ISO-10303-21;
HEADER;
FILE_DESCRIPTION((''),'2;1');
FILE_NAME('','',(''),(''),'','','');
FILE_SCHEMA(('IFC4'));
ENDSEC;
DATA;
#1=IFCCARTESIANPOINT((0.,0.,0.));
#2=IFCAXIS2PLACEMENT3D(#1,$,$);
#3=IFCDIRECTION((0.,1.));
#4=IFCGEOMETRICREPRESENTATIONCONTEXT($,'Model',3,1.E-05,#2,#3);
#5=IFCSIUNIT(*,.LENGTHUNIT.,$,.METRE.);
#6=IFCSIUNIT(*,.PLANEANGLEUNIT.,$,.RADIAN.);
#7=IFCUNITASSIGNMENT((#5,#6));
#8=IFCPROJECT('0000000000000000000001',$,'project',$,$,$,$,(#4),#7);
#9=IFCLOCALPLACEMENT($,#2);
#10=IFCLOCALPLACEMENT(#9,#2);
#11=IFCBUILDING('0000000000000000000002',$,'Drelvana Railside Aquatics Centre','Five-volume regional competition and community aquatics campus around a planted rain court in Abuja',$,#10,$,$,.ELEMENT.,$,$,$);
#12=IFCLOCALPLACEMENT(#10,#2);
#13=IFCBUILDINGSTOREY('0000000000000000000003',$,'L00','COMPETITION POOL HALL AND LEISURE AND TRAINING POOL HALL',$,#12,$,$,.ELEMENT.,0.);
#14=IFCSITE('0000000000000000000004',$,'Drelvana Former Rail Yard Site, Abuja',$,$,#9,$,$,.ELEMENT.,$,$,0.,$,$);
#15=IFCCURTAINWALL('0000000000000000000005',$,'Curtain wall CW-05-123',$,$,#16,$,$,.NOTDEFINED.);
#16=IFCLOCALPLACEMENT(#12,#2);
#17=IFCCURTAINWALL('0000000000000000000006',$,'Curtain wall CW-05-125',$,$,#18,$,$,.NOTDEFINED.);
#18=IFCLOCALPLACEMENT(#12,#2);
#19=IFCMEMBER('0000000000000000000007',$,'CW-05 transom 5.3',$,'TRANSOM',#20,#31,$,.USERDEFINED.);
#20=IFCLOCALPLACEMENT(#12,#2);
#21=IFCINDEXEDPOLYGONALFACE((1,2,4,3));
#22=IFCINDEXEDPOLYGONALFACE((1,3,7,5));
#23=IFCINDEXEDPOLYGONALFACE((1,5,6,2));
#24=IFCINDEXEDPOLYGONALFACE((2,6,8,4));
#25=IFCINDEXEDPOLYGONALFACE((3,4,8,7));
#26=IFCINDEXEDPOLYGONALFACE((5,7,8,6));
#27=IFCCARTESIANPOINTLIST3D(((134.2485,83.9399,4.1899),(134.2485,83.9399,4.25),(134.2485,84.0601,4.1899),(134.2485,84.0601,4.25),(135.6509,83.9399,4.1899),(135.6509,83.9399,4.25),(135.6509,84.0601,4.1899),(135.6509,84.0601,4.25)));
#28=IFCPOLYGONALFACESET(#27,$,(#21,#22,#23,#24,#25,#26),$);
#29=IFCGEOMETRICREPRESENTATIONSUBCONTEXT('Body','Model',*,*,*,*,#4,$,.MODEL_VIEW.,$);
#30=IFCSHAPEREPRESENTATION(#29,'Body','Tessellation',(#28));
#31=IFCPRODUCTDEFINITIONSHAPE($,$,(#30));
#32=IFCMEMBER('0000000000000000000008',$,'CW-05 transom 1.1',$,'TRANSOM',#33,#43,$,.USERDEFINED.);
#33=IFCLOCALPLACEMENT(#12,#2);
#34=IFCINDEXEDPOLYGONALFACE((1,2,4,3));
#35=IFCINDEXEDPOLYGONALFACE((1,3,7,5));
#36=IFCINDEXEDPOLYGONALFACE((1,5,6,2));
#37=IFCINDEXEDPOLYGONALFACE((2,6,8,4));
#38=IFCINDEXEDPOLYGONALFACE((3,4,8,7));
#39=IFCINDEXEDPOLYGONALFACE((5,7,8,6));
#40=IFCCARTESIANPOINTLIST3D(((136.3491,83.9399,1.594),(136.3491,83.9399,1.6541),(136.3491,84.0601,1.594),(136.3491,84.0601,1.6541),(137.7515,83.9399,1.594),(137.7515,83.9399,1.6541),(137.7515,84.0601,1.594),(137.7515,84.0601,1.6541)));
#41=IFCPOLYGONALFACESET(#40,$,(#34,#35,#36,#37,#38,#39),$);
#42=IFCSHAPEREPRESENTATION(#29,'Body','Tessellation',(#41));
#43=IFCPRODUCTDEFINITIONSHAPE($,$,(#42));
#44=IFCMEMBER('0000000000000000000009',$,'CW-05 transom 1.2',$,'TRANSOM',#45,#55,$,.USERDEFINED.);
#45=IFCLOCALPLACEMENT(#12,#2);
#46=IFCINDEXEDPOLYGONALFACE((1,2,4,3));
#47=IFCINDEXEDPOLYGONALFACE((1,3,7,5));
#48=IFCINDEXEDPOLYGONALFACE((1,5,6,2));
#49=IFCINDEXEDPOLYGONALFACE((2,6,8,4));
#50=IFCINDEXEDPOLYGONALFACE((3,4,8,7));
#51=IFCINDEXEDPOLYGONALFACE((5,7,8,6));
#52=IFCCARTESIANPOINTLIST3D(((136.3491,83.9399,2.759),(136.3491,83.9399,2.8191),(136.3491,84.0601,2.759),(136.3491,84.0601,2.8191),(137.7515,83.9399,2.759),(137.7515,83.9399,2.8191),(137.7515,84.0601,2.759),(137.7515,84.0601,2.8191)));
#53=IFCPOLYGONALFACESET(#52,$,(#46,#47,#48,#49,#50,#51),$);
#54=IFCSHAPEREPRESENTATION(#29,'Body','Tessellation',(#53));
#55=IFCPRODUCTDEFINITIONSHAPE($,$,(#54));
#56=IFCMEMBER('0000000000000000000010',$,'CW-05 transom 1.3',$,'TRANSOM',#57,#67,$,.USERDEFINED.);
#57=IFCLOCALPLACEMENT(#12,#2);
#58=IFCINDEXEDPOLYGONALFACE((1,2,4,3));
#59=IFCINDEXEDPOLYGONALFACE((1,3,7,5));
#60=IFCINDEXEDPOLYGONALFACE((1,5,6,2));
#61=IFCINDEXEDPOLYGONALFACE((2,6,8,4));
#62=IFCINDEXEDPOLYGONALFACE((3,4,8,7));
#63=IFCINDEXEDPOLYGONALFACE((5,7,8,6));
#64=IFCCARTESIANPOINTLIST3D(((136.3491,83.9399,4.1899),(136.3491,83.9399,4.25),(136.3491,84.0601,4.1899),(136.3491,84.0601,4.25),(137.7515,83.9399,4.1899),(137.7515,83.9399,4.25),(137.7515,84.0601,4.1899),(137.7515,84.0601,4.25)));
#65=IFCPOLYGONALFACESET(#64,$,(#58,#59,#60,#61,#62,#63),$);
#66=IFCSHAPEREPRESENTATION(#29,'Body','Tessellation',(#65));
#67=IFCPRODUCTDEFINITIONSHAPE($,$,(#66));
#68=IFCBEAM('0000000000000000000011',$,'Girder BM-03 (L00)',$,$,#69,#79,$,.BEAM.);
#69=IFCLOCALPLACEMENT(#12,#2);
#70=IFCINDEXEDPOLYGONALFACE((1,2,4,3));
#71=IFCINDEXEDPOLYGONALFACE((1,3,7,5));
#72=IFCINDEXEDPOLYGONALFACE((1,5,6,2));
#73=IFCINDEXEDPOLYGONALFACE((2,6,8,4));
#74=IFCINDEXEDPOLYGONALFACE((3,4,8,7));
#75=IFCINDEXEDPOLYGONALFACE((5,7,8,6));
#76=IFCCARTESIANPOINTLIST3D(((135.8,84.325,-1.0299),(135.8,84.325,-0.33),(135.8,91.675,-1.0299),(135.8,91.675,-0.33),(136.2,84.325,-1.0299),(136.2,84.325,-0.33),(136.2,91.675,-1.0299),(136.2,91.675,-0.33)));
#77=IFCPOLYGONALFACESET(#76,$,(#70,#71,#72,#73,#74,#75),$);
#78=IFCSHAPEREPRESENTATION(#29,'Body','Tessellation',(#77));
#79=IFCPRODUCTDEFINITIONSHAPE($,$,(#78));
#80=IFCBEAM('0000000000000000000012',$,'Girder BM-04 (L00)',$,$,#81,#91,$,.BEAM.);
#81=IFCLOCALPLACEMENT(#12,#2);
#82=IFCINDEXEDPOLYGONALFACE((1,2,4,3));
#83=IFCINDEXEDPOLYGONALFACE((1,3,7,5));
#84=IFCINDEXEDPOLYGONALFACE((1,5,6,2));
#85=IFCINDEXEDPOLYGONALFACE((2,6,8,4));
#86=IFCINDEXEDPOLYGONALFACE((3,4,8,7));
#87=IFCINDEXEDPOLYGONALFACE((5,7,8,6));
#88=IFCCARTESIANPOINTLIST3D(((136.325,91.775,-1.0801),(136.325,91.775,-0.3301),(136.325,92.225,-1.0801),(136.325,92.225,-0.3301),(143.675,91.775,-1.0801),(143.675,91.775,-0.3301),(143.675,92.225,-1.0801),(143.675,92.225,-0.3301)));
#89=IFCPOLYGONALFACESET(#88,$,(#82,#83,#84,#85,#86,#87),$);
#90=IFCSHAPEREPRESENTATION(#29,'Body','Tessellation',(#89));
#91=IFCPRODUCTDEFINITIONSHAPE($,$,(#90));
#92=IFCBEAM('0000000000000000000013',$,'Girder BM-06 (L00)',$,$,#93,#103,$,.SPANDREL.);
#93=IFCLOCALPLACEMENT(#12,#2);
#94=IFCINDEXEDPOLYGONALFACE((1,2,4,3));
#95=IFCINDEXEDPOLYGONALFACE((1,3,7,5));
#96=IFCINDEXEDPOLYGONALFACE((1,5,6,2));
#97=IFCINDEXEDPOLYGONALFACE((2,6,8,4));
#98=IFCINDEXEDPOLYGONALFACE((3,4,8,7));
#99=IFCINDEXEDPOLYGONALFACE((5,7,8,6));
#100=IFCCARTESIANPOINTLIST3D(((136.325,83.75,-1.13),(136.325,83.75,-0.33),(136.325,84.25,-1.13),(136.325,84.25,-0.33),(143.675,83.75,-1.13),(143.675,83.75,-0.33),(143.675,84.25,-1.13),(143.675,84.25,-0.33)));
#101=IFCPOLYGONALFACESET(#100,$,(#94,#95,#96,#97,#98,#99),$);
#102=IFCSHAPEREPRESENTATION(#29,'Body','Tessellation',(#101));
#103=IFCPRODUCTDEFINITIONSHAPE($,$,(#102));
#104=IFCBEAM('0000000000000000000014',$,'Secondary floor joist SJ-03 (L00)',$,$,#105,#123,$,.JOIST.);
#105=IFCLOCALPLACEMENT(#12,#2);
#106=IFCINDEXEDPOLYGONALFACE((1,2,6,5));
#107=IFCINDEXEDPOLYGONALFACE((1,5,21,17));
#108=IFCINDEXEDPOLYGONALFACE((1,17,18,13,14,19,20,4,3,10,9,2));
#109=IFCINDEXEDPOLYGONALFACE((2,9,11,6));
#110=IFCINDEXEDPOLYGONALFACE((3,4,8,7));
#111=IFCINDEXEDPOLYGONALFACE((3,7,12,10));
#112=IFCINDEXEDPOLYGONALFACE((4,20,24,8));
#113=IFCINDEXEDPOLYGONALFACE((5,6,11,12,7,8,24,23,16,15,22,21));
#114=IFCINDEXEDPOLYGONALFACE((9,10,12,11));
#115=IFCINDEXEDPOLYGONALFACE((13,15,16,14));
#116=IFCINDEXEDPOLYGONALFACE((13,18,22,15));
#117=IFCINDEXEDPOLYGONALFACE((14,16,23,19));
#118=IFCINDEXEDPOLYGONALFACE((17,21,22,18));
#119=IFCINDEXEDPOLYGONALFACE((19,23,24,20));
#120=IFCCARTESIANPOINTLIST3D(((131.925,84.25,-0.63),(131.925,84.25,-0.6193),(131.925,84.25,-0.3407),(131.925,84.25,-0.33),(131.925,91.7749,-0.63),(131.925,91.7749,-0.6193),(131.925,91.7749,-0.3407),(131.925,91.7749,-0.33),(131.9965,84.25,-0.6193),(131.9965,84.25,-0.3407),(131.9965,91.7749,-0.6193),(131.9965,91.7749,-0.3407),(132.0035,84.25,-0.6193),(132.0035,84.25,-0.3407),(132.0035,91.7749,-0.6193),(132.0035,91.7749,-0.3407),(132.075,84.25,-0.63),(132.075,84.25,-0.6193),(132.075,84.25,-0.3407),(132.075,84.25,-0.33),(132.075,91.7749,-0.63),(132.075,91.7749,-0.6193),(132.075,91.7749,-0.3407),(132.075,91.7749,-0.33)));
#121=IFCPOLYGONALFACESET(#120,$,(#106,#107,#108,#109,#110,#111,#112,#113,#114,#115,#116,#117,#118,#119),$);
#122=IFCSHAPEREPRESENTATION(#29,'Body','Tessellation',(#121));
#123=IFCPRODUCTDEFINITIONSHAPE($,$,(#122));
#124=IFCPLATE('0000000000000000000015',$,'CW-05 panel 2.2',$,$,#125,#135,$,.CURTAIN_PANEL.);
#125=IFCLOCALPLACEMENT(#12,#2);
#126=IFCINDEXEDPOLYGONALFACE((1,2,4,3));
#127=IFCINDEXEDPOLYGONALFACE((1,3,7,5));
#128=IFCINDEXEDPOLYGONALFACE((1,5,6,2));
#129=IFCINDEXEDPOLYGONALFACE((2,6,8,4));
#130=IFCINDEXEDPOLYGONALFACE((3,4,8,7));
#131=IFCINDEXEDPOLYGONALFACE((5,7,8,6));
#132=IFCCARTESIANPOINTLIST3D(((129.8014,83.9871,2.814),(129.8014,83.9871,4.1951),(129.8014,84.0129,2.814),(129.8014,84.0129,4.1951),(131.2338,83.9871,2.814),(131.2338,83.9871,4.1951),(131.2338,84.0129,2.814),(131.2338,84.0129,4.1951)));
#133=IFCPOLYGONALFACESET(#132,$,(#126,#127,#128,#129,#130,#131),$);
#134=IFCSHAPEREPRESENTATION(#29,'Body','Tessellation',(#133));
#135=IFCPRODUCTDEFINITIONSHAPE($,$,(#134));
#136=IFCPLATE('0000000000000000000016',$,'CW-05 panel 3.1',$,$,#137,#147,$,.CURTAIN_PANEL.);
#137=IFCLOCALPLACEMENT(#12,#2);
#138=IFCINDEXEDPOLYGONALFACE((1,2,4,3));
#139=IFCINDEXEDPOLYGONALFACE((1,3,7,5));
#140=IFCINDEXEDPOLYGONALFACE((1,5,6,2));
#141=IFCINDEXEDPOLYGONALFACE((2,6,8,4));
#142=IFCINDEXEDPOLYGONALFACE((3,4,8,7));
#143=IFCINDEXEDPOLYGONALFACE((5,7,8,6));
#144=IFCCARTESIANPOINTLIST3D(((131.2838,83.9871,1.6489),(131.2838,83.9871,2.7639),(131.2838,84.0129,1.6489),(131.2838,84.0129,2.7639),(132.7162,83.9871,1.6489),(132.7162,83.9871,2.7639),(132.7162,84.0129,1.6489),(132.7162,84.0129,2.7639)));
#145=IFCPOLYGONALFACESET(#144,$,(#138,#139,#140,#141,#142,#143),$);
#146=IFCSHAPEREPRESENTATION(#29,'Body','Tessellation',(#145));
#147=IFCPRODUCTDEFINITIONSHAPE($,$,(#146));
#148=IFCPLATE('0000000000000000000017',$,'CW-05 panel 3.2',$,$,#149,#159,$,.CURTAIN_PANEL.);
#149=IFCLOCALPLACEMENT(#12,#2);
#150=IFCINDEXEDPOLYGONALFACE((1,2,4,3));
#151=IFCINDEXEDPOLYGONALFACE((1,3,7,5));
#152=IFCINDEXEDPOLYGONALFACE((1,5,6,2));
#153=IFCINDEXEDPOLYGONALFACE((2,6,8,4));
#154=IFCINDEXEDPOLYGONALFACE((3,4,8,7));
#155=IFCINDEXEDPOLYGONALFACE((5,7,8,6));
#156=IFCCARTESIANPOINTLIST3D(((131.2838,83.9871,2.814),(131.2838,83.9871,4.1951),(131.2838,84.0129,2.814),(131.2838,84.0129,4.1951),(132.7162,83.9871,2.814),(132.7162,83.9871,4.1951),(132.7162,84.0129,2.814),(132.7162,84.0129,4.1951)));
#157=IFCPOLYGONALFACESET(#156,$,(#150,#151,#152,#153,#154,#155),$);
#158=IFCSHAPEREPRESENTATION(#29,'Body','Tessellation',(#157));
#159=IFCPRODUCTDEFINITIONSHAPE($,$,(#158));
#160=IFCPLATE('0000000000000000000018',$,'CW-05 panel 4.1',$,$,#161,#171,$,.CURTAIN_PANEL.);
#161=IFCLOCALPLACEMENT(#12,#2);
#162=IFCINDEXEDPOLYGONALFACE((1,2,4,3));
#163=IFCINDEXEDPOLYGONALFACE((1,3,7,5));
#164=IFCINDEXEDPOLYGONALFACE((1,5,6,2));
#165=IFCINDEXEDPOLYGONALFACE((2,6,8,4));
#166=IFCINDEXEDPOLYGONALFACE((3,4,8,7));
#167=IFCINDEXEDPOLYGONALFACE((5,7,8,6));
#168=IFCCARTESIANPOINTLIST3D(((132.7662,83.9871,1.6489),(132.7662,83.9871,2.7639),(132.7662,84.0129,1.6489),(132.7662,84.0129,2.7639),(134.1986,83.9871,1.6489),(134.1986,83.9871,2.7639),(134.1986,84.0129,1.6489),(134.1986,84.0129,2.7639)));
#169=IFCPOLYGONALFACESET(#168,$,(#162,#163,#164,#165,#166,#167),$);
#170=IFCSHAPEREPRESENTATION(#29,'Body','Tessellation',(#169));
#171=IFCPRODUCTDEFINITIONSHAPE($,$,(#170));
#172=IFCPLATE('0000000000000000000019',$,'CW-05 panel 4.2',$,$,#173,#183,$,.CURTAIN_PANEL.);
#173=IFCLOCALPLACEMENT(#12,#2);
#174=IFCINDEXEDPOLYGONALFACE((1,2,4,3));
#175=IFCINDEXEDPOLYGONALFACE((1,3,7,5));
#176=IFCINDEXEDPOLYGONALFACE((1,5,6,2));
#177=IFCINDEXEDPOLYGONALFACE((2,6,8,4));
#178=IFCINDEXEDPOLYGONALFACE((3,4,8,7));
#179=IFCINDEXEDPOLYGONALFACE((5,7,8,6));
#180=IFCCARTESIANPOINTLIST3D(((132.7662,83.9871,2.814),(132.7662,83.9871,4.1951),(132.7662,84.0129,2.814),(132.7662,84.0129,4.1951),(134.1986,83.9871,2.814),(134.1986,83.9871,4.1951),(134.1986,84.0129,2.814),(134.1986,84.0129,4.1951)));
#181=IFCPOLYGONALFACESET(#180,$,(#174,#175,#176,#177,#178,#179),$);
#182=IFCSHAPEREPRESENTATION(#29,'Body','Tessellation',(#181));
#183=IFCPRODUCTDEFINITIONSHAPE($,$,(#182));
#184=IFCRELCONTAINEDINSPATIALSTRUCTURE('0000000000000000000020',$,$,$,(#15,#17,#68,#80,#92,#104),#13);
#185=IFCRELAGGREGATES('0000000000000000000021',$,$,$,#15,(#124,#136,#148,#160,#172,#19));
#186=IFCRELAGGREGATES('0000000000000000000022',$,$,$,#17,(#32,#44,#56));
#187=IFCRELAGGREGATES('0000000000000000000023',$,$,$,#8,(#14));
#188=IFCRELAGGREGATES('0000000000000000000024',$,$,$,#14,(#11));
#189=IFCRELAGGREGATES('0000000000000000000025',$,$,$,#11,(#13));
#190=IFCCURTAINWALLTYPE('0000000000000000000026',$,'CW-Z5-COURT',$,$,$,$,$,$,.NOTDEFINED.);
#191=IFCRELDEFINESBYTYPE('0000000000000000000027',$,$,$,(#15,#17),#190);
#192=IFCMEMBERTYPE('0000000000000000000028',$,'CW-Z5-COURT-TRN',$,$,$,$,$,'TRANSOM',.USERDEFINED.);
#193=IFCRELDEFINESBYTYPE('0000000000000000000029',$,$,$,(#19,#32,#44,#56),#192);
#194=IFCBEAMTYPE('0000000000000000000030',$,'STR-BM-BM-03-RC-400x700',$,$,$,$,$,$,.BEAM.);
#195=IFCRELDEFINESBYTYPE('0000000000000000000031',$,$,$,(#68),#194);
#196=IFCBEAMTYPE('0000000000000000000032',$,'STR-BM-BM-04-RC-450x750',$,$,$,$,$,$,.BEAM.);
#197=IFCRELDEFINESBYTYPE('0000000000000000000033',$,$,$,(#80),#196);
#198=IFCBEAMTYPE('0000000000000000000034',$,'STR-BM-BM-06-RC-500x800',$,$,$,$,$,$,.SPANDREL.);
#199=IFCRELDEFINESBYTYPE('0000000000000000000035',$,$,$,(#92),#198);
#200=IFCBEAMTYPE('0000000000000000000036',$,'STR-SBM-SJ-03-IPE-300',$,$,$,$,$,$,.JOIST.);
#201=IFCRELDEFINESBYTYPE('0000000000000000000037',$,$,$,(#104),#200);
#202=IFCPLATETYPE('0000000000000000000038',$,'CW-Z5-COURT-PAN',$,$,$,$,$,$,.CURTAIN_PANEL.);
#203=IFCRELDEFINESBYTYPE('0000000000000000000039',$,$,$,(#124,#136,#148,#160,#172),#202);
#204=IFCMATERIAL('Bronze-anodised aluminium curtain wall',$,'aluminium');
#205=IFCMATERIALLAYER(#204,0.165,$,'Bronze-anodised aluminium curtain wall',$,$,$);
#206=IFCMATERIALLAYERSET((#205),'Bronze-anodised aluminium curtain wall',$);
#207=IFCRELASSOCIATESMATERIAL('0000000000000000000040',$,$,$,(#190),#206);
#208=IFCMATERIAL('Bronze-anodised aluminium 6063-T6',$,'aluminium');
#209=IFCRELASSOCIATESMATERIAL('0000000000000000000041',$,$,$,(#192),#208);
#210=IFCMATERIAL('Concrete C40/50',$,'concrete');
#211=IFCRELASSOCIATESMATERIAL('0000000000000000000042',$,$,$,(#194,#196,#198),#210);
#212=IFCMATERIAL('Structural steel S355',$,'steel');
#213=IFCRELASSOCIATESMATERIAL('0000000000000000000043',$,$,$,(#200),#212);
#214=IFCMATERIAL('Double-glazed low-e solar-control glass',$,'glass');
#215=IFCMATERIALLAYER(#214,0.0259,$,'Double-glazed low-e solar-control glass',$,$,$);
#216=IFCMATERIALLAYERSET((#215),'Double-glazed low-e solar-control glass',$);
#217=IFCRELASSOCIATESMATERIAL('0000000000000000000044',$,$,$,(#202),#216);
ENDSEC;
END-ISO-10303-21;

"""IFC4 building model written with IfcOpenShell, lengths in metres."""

from ifc_helpers import new_model, si_unit, direction, frame, origin, origin_2d, place, context, subcontext, project, spatial, rectangle, i_section, extrude, material, layer, layer_set, material_profile, profile_set, type_object, element, aggregate, save


model = new_model("IFC4")

# Units and contexts
model_context = context("Model", 3, precision=1e-05, world=origin(), true_north=direction((0.0, 1.0)))
body_context = subcontext(model_context, "Body", "Model", "MODEL_VIEW")
ifc_project = project(units=[si_unit("LENGTHUNIT", "METRE"), si_unit("PLANEANGLEUNIT", "RADIAN")], contexts=[model_context])

# Site, building, storey
site_placement = place(None, origin())
site = spatial("IfcSite", under=ifc_project, at=site_placement, Name="Drelvana Former Rail Yard Site, Abuja", CompositionType="ELEMENT", RefElevation=0.0)
building_placement = place(site_placement, origin())
building = spatial("IfcBuilding", under=site, at=building_placement, Name="Drelvana Railside Aquatics Centre", Description="Five-volume regional competition and community aquatics campus around a planted rain court in Abuja", CompositionType="ELEMENT")
storey_placement = place(building_placement, origin())
storey = spatial("IfcBuildingStorey", under=building, at=storey_placement, Name="L00", Description="COMPETITION POOL HALL AND LEISURE AND TRAINING POOL HALL", CompositionType="ELEMENT", Elevation=0.0)

# Shared definitions
ifc_material_1 = material(Name="Concrete C40/50", Category="concrete")

# Curtain wall
ifc_material_2 = material(Name="Bronze-anodised aluminium curtain wall", Category="aluminium")
ifc_layer_1 = layer(ifc_material_2, 0.165, Name="Bronze-anodised aluminium curtain wall")
ifc_layer_set_1 = layer_set([ifc_layer_1], Name="Bronze-anodised aluminium curtain wall")
curtain_wall_type = type_object("IfcCurtainWallType", Name="CW-Z5-COURT", PredefinedType="NOTDEFINED", material=ifc_layer_set_1)
curtain_wall_1_placement = place(storey_placement, origin())
curtain_wall_1 = element("IfcCurtainWall", 1, at=curtain_wall_1_placement, inside=storey, type_object=curtain_wall_type, Name="Curtain wall CW-05-123", PredefinedType="NOTDEFINED")
ifc_material_3 = material(Name="Bronze-anodised aluminium 6063-T6", Category="aluminium")

# Curtain wall
curtain_wall_2_placement = place(storey_placement, origin())
curtain_wall_2 = element("IfcCurtainWall", 2, at=curtain_wall_2_placement, inside=storey, type_object=curtain_wall_type, Name="Curtain wall CW-05-125", PredefinedType="NOTDEFINED")

# Members
ifc_material_profile_1 = material_profile(ifc_material_3, rectangle(XDim=0.1201, YDim=0.0601, at=origin_2d()), Name="ALU-T 60x120")
ifc_profile_set_1 = profile_set([ifc_material_profile_1], Name="Bronze-anodised aluminium 6063-T6")
member_type_1 = type_object("IfcMemberType", Name="CW-Z5-COURT-TRN", ElementType="TRANSOM", PredefinedType="USERDEFINED", material=ifc_profile_set_1)
member_1_placement = place(storey_placement, frame((134.2485, 84.0, 4.22), z_axis=(1.0, 0.0, 0.0), x_axis=(0.0, 1.0, 0.0)))
member_1 = element("IfcMember", 3, at=member_1_placement, type_object=member_type_1, Name="CW-05 transom 5.3", ObjectType="TRANSOM", PredefinedType="USERDEFINED", context=body_context, shape_type="SweptSolid", body=[
    extrude(rectangle(XDim=0.1201, YDim=0.0601, at=origin_2d()), origin(), (0.0, 0.0, 1.0), 1.4023),
])
member_2_placement = place(storey_placement, frame((136.3491, 84.0, 1.624), z_axis=(1.0, 0.0, 0.0), x_axis=(0.0, 1.0, 0.0)))
member_2 = element("IfcMember", 4, at=member_2_placement, type_object=member_type_1, Name="CW-05 transom 1.1", ObjectType="TRANSOM", PredefinedType="USERDEFINED", context=body_context, shape_type="SweptSolid", body=[
    extrude(rectangle(XDim=0.1201, YDim=0.0601, at=origin_2d()), origin(), (0.0, 0.0, 1.0), 1.4023),
])
member_3_placement = place(storey_placement, frame((136.3491, 84.0, 2.7891), z_axis=(1.0, 0.0, 0.0), x_axis=(0.0, 1.0, 0.0)))
member_3 = element("IfcMember", 5, at=member_3_placement, type_object=member_type_1, Name="CW-05 transom 1.2", ObjectType="TRANSOM", PredefinedType="USERDEFINED", context=body_context, shape_type="SweptSolid", body=[
    extrude(rectangle(XDim=0.1201, YDim=0.0601, at=origin_2d()), origin(), (0.0, 0.0, 1.0), 1.4023),
])
member_4_placement = place(storey_placement, frame((136.3491, 84.0, 4.22), z_axis=(1.0, 0.0, 0.0), x_axis=(0.0, 1.0, 0.0)))
member_4 = element("IfcMember", 6, at=member_4_placement, type_object=member_type_1, Name="CW-05 transom 1.3", ObjectType="TRANSOM", PredefinedType="USERDEFINED", context=body_context, shape_type="SweptSolid", body=[
    extrude(rectangle(XDim=0.1201, YDim=0.0601, at=origin_2d()), origin(), (0.0, 0.0, 1.0), 1.4023),
])

# Beams
ifc_material_profile_2 = material_profile(ifc_material_1, rectangle(XDim=0.3999, YDim=0.7, at=origin_2d()), Name="RC 400x700")
ifc_profile_set_2 = profile_set([ifc_material_profile_2], Name="Concrete C40/50")
beam_type_1 = type_object("IfcBeamType", Name="STR-BM-BM-03-RC-400x700", PredefinedType="BEAM", material=ifc_profile_set_2)
beam_1_placement = place(storey_placement, frame((136.0, 84.325, -0.6799), z_axis=(0.0, 1.0, 0.0), x_axis=(-1.0, 0.0, 0.0)))
element("IfcBeam", 7, at=beam_1_placement, inside=storey, type_object=beam_type_1, Name="Girder BM-03 (L00)", PredefinedType="BEAM", context=body_context, shape_type="SweptSolid", body=[
    extrude(rectangle(XDim=0.3999, YDim=0.7, at=origin_2d()), origin(), (0.0, 0.0, 1.0), 7.3501),
])
ifc_material_profile_3 = material_profile(ifc_material_1, rectangle(XDim=0.45, YDim=0.75, at=origin_2d()), Name="RC 450x750")
ifc_profile_set_3 = profile_set([ifc_material_profile_3], Name="Concrete C40/50")
beam_type_2 = type_object("IfcBeamType", Name="STR-BM-BM-04-RC-450x750", PredefinedType="BEAM", material=ifc_profile_set_3)
beam_2_placement = place(storey_placement, frame((136.325, 92.0, -0.7051), z_axis=(1.0, 0.0, 0.0), x_axis=(0.0, 1.0, 0.0)))
element("IfcBeam", 8, at=beam_2_placement, inside=storey, type_object=beam_type_2, Name="Girder BM-04 (L00)", PredefinedType="BEAM", context=body_context, shape_type="SweptSolid", body=[
    extrude(rectangle(XDim=0.45, YDim=0.75, at=origin_2d()), origin(), (0.0, 0.0, 1.0), 7.3501),
])
ifc_material_profile_4 = material_profile(ifc_material_1, rectangle(XDim=0.5, YDim=0.8, at=origin_2d()), Name="RC 500x800")
ifc_profile_set_4 = profile_set([ifc_material_profile_4], Name="Concrete C40/50")
beam_type_3 = type_object("IfcBeamType", Name="STR-BM-BM-06-RC-500x800", PredefinedType="SPANDREL", material=ifc_profile_set_4)
beam_3_placement = place(storey_placement, frame((136.325, 84.0, -0.73), z_axis=(1.0, 0.0, 0.0), x_axis=(0.0, 1.0, 0.0)))
element("IfcBeam", 9, at=beam_3_placement, inside=storey, type_object=beam_type_3, Name="Girder BM-06 (L00)", PredefinedType="SPANDREL", context=body_context, shape_type="SweptSolid", body=[
    extrude(rectangle(XDim=0.5, YDim=0.8, at=origin_2d()), origin(), (0.0, 0.0, 1.0), 7.3501),
])
ifc_material_4 = material(Name="Structural steel S355", Category="steel")
ifc_material_profile_5 = material_profile(ifc_material_4, i_section(OverallWidth=0.1499, OverallDepth=0.3, WebThickness=0.0071, FlangeThickness=0.0107, at=origin_2d()), Name="IPE 300")
ifc_profile_set_5 = profile_set([ifc_material_profile_5], Name="Structural steel S355")
beam_type_4 = type_object("IfcBeamType", Name="STR-SBM-SJ-03-IPE-300", PredefinedType="JOIST", material=ifc_profile_set_5)
beam_4_placement = place(storey_placement, frame((132.0, 84.25, -0.48), z_axis=(0.0, 1.0, 0.0), x_axis=(-1.0, 0.0, 0.0)))
element("IfcBeam", 10, at=beam_4_placement, inside=storey, type_object=beam_type_4, Name="Secondary floor joist SJ-03 (L00)", PredefinedType="JOIST", context=body_context, shape_type="SweptSolid", body=[
    extrude(i_section(OverallWidth=0.1499, OverallDepth=0.3, WebThickness=0.0071, FlangeThickness=0.0107, at=origin_2d()), origin(), (0.0, 0.0, 1.0), 7.5249),
])

# Plates
ifc_material_5 = material(Name="Double-glazed low-e solar-control glass", Category="glass")
ifc_layer_2 = layer(ifc_material_5, 0.0259, Name="Double-glazed low-e solar-control glass")
ifc_layer_set_2 = layer_set([ifc_layer_2], Name="Double-glazed low-e solar-control glass")
plate_type = type_object("IfcPlateType", Name="CW-Z5-COURT-PAN", PredefinedType="CURTAIN_PANEL", material=ifc_layer_set_2)
plate_1_placement = place(storey_placement, frame((130.5176, 84.0, 2.814), z_axis=(0.0, 0.0, 1.0), x_axis=(1.0, 0.0, 0.0)))
plate_1 = element("IfcPlate", 11, at=plate_1_placement, type_object=plate_type, Name="CW-05 panel 2.2", PredefinedType="CURTAIN_PANEL", context=body_context, shape_type="SweptSolid", body=[
    extrude(rectangle(XDim=1.4324, YDim=0.0259, at=origin_2d()), origin(), (0.0, 0.0, 1.0), 1.3811),
])
plate_2_placement = place(storey_placement, frame((132.0, 84.0, 1.6489), z_axis=(0.0, 0.0, 1.0), x_axis=(1.0, 0.0, 0.0)))
plate_2 = element("IfcPlate", 12, at=plate_2_placement, type_object=plate_type, Name="CW-05 panel 3.1", PredefinedType="CURTAIN_PANEL", context=body_context, shape_type="SweptSolid", body=[
    extrude(rectangle(XDim=1.4324, YDim=0.0259, at=origin_2d()), origin(), (0.0, 0.0, 1.0), 1.115),
])
plate_3_placement = place(storey_placement, frame((132.0, 84.0, 2.814), z_axis=(0.0, 0.0, 1.0), x_axis=(1.0, 0.0, 0.0)))
plate_3 = element("IfcPlate", 13, at=plate_3_placement, type_object=plate_type, Name="CW-05 panel 3.2", PredefinedType="CURTAIN_PANEL", context=body_context, shape_type="SweptSolid", body=[
    extrude(rectangle(XDim=1.4324, YDim=0.0259, at=origin_2d()), origin(), (0.0, 0.0, 1.0), 1.3811),
])
plate_4_placement = place(storey_placement, frame((133.4824, 84.0, 1.6489), z_axis=(0.0, 0.0, 1.0), x_axis=(1.0, 0.0, 0.0)))
plate_4 = element("IfcPlate", 14, at=plate_4_placement, type_object=plate_type, Name="CW-05 panel 4.1", PredefinedType="CURTAIN_PANEL", context=body_context, shape_type="SweptSolid", body=[
    extrude(rectangle(XDim=1.4324, YDim=0.0259, at=origin_2d()), origin(), (0.0, 0.0, 1.0), 1.115),
])
plate_5_placement = place(storey_placement, frame((133.4824, 84.0, 2.814), z_axis=(0.0, 0.0, 1.0), x_axis=(1.0, 0.0, 0.0)))
plate_5 = element("IfcPlate", 15, at=plate_5_placement, type_object=plate_type, Name="CW-05 panel 4.2", PredefinedType="CURTAIN_PANEL", context=body_context, shape_type="SweptSolid", body=[
    extrude(rectangle(XDim=1.4324, YDim=0.0259, at=origin_2d()), origin(), (0.0, 0.0, 1.0), 1.3811),
])
aggregate(curtain_wall_1, [plate_1, plate_2, plate_3, plate_4, plate_5, member_1])
aggregate(curtain_wall_2, [member_2, member_3, member_4])

save(model, "model.ifc")
